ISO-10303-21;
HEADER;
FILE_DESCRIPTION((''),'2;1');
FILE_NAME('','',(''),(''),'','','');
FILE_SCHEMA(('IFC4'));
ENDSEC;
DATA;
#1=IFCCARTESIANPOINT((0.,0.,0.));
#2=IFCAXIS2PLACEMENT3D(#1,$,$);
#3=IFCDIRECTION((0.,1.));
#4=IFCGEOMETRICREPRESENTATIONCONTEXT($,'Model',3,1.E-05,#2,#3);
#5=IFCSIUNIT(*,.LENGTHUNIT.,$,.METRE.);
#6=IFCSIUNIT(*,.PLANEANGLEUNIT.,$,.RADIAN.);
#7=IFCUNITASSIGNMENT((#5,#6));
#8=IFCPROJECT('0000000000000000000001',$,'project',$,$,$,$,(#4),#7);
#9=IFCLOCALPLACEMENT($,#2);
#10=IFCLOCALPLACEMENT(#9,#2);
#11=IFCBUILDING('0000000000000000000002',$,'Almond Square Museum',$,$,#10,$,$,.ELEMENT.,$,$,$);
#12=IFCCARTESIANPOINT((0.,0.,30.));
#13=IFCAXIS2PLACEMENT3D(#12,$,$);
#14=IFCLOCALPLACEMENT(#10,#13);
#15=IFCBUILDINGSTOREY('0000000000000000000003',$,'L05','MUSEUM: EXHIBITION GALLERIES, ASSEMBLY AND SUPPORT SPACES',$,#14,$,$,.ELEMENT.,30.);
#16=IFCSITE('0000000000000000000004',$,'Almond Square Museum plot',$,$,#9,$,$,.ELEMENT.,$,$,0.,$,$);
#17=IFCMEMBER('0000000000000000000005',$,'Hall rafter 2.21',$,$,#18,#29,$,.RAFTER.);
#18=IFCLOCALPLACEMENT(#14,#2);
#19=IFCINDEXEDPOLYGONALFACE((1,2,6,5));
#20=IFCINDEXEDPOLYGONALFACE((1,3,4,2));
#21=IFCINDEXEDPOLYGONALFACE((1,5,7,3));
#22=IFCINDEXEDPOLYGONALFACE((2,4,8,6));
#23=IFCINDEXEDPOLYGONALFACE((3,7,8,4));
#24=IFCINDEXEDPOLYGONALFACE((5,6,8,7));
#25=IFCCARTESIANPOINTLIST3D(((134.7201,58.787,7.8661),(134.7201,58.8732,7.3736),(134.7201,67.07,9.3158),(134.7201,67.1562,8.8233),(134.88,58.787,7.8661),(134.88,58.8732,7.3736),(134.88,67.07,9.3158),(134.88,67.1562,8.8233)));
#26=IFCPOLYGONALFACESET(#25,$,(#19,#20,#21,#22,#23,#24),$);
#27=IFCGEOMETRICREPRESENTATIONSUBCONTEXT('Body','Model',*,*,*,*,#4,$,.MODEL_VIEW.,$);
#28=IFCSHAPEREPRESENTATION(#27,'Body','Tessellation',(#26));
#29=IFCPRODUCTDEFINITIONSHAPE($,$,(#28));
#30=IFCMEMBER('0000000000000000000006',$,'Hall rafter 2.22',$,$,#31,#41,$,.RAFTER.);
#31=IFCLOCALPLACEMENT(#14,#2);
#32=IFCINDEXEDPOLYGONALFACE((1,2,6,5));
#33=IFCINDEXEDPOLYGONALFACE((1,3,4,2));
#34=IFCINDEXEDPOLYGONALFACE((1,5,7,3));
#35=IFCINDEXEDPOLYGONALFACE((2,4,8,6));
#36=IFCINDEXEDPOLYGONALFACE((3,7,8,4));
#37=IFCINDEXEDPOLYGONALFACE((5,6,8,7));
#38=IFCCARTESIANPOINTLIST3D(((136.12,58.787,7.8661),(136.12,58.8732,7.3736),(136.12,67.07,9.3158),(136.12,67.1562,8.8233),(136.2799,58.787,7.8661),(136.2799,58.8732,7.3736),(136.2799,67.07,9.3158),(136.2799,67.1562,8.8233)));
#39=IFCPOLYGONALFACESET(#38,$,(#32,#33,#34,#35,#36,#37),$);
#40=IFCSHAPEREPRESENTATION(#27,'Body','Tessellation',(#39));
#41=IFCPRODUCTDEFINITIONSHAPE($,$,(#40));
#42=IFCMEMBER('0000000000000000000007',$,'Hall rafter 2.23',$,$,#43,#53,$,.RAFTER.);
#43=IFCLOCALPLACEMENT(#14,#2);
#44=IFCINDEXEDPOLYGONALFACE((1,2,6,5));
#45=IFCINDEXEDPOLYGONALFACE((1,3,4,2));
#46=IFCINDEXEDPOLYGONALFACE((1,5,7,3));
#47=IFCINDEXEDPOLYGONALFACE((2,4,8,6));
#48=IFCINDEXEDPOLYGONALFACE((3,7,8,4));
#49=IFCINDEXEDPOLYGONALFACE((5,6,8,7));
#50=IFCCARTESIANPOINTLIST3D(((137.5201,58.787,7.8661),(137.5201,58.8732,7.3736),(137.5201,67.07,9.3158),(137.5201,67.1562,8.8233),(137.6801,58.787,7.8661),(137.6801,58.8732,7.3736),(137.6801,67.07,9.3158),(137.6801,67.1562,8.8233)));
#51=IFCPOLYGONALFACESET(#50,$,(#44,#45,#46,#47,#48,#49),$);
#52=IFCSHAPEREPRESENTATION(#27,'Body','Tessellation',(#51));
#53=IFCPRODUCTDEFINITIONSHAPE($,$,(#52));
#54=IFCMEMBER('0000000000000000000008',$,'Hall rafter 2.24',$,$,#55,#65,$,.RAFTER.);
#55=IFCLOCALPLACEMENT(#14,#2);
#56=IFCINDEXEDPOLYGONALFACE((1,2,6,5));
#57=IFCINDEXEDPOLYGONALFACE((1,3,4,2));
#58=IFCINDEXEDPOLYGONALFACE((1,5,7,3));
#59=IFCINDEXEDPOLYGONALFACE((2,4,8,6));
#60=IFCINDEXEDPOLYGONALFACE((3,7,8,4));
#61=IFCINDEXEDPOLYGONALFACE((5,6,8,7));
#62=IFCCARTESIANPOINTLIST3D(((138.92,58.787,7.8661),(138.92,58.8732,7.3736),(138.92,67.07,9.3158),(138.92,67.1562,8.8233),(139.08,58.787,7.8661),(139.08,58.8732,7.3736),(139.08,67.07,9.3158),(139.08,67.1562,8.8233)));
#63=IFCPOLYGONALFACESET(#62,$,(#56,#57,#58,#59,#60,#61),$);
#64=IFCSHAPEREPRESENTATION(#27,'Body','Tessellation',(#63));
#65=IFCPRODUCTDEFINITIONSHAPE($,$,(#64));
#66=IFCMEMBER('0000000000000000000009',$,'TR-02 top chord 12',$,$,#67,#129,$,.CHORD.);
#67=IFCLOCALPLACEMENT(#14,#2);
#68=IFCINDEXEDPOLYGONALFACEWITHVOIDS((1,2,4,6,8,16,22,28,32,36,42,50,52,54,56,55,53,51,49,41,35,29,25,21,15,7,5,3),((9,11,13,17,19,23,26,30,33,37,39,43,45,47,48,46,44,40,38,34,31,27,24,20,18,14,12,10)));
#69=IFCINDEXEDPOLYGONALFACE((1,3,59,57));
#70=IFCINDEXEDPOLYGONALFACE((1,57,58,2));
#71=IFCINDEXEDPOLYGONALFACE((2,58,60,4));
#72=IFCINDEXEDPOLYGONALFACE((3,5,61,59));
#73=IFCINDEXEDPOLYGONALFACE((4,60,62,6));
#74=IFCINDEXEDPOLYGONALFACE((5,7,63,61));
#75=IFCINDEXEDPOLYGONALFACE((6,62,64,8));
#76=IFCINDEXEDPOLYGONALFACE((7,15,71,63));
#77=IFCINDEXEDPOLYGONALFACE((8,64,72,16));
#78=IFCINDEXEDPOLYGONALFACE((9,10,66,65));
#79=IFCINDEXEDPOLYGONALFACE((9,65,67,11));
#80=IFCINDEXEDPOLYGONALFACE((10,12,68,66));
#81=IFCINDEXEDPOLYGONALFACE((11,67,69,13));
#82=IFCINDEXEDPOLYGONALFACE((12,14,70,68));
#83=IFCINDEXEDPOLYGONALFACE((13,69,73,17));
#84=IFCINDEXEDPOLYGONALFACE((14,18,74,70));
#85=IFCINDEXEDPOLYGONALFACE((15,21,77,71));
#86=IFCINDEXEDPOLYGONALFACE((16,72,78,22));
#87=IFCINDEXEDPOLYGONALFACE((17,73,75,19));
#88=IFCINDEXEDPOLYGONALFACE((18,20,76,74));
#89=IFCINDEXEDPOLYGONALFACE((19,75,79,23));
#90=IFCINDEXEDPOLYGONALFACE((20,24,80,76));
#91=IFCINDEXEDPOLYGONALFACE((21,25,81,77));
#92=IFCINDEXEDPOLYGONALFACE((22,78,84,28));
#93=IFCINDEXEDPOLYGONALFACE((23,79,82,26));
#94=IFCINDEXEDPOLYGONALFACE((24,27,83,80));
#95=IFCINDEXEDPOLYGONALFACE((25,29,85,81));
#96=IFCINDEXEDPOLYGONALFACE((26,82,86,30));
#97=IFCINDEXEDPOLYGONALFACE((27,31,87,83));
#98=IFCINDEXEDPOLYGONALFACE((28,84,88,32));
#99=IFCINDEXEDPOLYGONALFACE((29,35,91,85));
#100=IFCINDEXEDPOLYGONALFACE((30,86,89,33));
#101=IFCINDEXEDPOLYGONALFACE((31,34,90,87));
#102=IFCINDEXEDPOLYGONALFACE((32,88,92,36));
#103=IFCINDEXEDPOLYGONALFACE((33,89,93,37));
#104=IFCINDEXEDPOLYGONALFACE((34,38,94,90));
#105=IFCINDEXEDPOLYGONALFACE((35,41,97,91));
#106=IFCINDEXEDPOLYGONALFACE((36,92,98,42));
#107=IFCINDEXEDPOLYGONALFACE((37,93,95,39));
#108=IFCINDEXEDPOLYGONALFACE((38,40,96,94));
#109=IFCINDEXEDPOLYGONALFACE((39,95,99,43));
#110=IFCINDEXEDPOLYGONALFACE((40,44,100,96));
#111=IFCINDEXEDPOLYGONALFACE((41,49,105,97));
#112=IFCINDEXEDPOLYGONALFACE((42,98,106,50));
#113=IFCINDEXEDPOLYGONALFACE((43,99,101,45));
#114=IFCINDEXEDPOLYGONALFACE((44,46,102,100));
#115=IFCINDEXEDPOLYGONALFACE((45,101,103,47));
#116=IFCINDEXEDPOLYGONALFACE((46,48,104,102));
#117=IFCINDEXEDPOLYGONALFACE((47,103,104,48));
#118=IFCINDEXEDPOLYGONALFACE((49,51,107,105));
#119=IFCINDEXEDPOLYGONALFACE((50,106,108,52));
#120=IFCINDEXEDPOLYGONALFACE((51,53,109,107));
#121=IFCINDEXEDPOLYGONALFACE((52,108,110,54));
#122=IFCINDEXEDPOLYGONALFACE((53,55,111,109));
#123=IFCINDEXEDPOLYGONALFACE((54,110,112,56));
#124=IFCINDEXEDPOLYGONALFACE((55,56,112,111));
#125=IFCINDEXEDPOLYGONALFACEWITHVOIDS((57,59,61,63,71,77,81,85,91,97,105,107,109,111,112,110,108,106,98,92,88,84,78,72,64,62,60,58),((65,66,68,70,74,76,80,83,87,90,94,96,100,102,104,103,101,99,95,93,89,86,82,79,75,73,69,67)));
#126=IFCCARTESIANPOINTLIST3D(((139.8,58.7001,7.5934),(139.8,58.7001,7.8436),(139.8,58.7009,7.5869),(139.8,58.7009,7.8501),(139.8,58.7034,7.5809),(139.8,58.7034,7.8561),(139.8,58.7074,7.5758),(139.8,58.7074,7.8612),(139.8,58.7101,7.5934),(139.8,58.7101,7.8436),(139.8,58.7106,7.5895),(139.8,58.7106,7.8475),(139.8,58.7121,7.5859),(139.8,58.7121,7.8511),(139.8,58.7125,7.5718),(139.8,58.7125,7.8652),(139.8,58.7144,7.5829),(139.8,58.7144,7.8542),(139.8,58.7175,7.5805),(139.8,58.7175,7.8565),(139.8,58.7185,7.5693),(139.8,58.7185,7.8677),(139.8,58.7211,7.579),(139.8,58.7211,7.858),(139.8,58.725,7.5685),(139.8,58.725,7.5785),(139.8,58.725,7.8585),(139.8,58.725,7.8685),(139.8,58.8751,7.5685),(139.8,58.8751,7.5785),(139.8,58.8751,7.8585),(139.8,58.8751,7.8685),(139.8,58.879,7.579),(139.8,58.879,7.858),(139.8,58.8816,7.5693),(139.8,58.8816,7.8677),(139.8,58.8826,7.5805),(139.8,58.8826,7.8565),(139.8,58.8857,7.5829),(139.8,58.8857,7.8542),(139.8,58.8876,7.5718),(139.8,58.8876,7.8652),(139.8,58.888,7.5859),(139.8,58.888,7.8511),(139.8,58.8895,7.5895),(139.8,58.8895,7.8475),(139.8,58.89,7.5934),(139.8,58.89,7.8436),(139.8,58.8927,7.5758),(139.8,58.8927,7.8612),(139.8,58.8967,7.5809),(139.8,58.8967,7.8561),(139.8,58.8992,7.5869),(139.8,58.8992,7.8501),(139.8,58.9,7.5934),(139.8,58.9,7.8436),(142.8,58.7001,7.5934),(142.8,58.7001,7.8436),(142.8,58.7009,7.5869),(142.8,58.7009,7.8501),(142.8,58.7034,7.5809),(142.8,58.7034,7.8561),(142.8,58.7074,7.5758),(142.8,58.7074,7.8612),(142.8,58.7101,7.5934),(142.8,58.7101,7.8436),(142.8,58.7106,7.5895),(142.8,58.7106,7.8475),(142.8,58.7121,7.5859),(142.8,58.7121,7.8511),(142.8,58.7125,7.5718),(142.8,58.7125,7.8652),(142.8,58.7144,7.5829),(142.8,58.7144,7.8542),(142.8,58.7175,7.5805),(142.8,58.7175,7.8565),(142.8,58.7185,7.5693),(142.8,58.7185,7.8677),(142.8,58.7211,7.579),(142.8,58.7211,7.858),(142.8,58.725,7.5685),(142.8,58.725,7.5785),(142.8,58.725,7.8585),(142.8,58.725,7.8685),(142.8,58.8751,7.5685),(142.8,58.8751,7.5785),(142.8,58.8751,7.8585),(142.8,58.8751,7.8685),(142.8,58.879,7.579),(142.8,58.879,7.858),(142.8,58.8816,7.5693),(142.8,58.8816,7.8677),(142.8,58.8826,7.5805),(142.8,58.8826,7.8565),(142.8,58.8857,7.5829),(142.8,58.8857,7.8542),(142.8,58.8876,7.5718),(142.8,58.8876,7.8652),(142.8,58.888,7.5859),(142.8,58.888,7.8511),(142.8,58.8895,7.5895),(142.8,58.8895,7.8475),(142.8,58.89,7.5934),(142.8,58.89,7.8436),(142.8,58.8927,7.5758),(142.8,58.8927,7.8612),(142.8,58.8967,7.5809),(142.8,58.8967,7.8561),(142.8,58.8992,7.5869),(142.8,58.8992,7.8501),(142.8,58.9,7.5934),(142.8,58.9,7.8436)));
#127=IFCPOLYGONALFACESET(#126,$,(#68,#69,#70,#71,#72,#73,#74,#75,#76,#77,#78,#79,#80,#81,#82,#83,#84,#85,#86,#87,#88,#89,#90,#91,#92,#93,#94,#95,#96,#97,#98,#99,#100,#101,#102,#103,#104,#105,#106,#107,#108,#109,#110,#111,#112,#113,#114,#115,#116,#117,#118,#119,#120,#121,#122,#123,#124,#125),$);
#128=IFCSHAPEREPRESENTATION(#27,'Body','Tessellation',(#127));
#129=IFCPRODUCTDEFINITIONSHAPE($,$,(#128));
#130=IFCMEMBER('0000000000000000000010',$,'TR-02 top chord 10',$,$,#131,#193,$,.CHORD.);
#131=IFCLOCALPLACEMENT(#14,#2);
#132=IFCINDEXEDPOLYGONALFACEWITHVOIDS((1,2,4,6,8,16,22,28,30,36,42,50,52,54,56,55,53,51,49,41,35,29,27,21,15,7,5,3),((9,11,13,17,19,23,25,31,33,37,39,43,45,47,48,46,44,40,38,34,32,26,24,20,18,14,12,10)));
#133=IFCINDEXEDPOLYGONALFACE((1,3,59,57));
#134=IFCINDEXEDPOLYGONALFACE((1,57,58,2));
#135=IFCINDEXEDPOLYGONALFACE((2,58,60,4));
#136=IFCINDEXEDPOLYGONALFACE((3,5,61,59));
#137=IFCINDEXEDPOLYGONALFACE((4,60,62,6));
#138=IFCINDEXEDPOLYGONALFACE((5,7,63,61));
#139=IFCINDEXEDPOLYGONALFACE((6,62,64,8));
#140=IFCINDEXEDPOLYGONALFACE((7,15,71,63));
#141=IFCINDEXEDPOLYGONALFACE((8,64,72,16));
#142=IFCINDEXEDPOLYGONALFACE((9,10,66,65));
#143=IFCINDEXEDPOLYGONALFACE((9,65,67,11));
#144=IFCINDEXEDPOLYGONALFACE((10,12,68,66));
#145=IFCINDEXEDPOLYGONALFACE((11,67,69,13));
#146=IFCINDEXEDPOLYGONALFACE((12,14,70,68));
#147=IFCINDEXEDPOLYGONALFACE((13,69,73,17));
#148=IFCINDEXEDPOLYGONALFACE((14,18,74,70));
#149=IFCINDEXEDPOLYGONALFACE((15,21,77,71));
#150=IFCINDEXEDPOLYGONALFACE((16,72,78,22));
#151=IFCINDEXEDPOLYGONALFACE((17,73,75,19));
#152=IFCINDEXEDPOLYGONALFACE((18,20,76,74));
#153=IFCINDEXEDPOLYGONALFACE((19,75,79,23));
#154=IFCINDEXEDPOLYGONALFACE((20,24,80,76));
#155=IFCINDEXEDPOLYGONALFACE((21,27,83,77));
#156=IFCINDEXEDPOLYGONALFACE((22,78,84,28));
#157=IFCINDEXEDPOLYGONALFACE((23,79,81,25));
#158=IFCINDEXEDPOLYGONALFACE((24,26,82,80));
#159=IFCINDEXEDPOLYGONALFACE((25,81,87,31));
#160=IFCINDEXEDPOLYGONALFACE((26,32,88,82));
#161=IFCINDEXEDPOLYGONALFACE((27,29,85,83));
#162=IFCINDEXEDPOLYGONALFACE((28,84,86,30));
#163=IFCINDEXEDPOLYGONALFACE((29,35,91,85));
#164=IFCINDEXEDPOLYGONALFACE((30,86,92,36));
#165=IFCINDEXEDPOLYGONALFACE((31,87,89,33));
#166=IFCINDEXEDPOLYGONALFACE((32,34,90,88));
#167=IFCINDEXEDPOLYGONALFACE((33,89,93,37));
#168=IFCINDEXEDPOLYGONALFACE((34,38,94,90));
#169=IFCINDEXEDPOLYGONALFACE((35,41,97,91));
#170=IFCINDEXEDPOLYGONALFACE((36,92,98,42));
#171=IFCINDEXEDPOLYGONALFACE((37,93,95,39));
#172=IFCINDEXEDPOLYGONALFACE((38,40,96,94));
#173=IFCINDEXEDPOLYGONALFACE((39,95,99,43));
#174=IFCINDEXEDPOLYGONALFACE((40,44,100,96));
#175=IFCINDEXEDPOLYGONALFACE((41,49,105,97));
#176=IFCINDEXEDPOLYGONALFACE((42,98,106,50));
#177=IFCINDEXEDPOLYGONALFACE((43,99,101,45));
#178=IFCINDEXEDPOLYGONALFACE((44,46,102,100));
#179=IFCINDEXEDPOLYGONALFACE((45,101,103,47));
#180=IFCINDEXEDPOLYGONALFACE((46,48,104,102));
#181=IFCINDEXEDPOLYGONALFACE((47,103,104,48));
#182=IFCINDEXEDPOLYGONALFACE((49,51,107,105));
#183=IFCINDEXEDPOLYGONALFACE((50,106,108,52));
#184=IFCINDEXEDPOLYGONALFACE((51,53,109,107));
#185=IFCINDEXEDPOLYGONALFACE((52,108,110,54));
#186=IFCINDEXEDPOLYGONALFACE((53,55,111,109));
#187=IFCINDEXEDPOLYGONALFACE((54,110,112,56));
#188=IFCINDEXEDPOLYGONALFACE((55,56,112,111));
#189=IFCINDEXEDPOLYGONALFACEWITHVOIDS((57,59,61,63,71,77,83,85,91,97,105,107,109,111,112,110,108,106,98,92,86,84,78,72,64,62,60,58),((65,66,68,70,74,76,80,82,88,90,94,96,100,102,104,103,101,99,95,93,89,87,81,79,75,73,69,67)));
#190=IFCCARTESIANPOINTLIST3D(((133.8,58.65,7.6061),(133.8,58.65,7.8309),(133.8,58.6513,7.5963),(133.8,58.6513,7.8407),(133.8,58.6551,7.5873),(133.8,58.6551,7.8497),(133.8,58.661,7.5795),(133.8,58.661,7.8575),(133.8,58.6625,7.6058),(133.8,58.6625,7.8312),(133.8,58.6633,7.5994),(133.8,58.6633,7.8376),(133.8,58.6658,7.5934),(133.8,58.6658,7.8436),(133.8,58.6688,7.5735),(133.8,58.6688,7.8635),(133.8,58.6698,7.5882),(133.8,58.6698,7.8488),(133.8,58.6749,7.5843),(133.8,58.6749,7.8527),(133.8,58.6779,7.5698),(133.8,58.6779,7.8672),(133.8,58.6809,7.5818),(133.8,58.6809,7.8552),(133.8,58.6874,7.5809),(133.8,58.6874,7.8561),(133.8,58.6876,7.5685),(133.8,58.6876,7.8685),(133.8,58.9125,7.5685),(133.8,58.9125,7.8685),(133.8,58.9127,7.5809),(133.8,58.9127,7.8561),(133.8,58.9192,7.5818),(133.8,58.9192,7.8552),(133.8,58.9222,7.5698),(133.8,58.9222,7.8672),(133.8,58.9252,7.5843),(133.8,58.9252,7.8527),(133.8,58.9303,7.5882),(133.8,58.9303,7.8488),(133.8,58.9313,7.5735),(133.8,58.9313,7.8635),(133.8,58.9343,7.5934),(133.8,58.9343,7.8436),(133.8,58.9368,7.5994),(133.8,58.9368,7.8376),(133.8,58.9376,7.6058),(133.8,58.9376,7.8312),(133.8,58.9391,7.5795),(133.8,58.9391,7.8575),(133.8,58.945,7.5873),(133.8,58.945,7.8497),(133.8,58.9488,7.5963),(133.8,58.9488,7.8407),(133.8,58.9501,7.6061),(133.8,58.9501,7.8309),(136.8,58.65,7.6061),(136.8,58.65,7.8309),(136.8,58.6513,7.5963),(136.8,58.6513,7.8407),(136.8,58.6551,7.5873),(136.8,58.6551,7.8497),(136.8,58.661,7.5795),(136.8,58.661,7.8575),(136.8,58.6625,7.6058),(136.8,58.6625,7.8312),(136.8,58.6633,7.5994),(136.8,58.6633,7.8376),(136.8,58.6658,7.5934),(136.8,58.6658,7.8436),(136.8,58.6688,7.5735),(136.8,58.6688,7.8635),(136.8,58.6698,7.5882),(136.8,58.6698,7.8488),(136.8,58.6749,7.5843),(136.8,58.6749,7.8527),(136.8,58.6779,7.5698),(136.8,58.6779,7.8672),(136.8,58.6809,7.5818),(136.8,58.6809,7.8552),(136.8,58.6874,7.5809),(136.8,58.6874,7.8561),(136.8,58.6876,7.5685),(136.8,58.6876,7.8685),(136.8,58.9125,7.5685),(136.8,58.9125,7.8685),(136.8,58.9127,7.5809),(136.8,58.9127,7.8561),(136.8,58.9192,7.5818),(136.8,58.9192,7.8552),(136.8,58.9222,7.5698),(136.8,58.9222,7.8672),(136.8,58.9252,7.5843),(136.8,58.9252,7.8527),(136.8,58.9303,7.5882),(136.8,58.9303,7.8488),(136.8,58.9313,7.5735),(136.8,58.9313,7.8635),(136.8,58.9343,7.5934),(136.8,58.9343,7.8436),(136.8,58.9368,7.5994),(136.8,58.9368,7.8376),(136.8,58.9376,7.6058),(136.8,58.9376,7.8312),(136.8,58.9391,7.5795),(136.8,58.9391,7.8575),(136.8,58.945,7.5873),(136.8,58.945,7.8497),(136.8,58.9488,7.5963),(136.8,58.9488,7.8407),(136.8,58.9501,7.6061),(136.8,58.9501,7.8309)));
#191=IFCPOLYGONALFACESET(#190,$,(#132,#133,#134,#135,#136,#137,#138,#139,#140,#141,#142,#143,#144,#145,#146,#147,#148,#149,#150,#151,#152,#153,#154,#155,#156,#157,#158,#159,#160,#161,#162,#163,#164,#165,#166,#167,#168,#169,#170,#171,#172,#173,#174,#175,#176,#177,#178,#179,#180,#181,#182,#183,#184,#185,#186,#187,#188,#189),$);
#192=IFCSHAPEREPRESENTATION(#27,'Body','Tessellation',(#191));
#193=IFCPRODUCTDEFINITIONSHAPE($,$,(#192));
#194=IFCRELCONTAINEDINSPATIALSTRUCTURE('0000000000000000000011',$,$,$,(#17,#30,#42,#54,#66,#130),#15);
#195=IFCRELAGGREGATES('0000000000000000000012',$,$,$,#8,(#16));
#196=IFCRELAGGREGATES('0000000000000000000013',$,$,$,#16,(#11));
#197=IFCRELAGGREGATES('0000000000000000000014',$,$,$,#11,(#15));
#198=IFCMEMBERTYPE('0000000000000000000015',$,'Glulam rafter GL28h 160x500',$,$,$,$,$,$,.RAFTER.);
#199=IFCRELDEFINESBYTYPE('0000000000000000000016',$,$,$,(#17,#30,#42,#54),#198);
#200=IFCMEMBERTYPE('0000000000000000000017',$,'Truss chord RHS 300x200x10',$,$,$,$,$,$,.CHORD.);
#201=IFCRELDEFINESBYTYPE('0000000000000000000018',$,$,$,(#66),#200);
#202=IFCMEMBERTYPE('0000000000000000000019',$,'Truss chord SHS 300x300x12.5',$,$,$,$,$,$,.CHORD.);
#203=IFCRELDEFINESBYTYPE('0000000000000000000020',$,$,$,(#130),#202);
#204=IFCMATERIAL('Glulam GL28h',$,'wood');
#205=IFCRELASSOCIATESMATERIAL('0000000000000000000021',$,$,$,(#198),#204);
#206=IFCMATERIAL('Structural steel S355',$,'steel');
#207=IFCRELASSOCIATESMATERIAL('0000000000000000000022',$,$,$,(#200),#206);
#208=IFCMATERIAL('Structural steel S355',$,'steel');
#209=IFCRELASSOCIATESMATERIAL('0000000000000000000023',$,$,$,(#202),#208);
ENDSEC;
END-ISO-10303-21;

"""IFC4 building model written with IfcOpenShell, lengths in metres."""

from ifc_helpers import new_model, si_unit, direction, frame, origin, origin_2d, place, context, subcontext, project, spatial, rectangle, hollow_rectangle, extrude, material, material_profile, profile_set, type_object, element, save


model = new_model("IFC4")

# Units and contexts
model_context = context("Model", 3, precision=1e-05, world=origin(), true_north=direction((0.0, 1.0)))
body_context = subcontext(model_context, "Body", "Model", "MODEL_VIEW")
ifc_project = project(units=[si_unit("LENGTHUNIT", "METRE"), si_unit("PLANEANGLEUNIT", "RADIAN")], contexts=[model_context])

# Site, building, storey
site_placement = place(None, origin())
site = spatial("IfcSite", under=ifc_project, at=site_placement, Name="Almond Square Museum plot", CompositionType="ELEMENT", RefElevation=0.0)
building_placement = place(site_placement, origin())
building = spatial("IfcBuilding", under=site, at=building_placement, Name="Almond Square Museum", CompositionType="ELEMENT")
storey_placement = place(building_placement, frame((0.0, 0.0, 30.0)))
storey = spatial("IfcBuildingStorey", under=building, at=storey_placement, Name="L05", Description="MUSEUM: EXHIBITION GALLERIES, ASSEMBLY AND SUPPORT SPACES", CompositionType="ELEMENT", Elevation=30.0)

# Members
ifc_material_1 = material(Name="Glulam GL28h", Category="wood")
ifc_material_profile_1 = material_profile(ifc_material_1, rectangle(XDim=0.1599, YDim=0.5, at=origin_2d()))
ifc_profile_set_1 = profile_set([ifc_material_profile_1], Name="Glulam GL28h")
member_type_1 = type_object("IfcMemberType", Name="Glulam rafter GL28h 160x500", PredefinedType="RAFTER", material=ifc_profile_set_1)
for number, where, z_axis, x_axis, name in (
    (1, (134.8, 58.8301, 7.6199), (0.0, 0.985027, 0.172402), (-1.0, 0.0, 0.0), "Hall rafter 2.21"),
    (2, (136.2, 58.8301, 7.6199), (0.0, 0.985027, 0.172402), (-1.0, 0.0, 0.0), "Hall rafter 2.22"),
    (3, (137.6001, 58.8301, 7.6199), (0.0, 0.985027, 0.172402), (-1.0, 0.0, 0.0), "Hall rafter 2.23"),
    (4, (139.0, 58.8301, 7.6199), (0.0, 0.985027, 0.172402), (-1.0, 0.0, 0.0), "Hall rafter 2.24"),
):
    element("IfcMember", number, at=place(storey_placement, frame(where, z_axis=z_axis, x_axis=x_axis)), inside=storey, type_object=member_type_1, Name=name, PredefinedType="RAFTER", context=body_context, shape_type="SweptSolid", body=[
        extrude(rectangle(XDim=0.1599, YDim=0.5, at=origin_2d()), origin(), (0.0, 0.0, 1.0), 8.4089),
    ])
ifc_material_2 = material(Name="Structural steel S355", Category="steel")
ifc_material_profile_2 = material_profile(ifc_material_2, hollow_rectangle(XDim=0.2, YDim=0.3, WallThickness=0.01, InnerFilletRadius=0.0149, OuterFilletRadius=0.0249, at=origin_2d()))
ifc_profile_set_2 = profile_set([ifc_material_profile_2], Name="Structural steel S355")
member_type_2 = type_object("IfcMemberType", Name="Truss chord RHS 300x200x10", PredefinedType="CHORD", material=ifc_profile_set_2)
member_1_placement = place(storey_placement, frame((139.8, 58.8, 7.7185), z_axis=(1.0, 0.0, 0.0), x_axis=(0.0, 1.0, 0.0)))
element("IfcMember", 5, at=member_1_placement, inside=storey, type_object=member_type_2, Name="TR-02 top chord 12", PredefinedType="CHORD", context=body_context, shape_type="SweptSolid", body=[
    extrude(hollow_rectangle(XDim=0.2, YDim=0.3, WallThickness=0.01, InnerFilletRadius=0.0149, OuterFilletRadius=0.0249, at=origin_2d()), origin(), (0.0, 0.0, 1.0), 3.0),
])
ifc_material_3 = material(Name="Structural steel S355", Category="steel")
ifc_material_profile_3 = material_profile(ifc_material_3, hollow_rectangle(XDim=0.3, YDim=0.3, WallThickness=0.0125, InnerFilletRadius=0.0249, OuterFilletRadius=0.0376, at=origin_2d()))
ifc_profile_set_3 = profile_set([ifc_material_profile_3], Name="Structural steel S355")
member_type_3 = type_object("IfcMemberType", Name="Truss chord SHS 300x300x12.5", PredefinedType="CHORD", material=ifc_profile_set_3)
for number, where, z_axis, x_axis, name in (
    (6, (133.8, 58.8, 7.7185), (1.0, 0.0, 0.0), (0.0, 1.0, 0.0), "TR-02 top chord 10"),
):
    element("IfcMember", number, at=place(storey_placement, frame(where, z_axis=z_axis, x_axis=x_axis)), inside=storey, type_object=member_type_3, Name=name, PredefinedType="CHORD", context=body_context, shape_type="SweptSolid", body=[
        extrude(hollow_rectangle(XDim=0.3, YDim=0.3, WallThickness=0.0125, InnerFilletRadius=0.0249, OuterFilletRadius=0.0376, at=origin_2d()), origin(), (0.0, 0.0, 1.0), 3.0),
    ])

save(model, "model.ifc")
